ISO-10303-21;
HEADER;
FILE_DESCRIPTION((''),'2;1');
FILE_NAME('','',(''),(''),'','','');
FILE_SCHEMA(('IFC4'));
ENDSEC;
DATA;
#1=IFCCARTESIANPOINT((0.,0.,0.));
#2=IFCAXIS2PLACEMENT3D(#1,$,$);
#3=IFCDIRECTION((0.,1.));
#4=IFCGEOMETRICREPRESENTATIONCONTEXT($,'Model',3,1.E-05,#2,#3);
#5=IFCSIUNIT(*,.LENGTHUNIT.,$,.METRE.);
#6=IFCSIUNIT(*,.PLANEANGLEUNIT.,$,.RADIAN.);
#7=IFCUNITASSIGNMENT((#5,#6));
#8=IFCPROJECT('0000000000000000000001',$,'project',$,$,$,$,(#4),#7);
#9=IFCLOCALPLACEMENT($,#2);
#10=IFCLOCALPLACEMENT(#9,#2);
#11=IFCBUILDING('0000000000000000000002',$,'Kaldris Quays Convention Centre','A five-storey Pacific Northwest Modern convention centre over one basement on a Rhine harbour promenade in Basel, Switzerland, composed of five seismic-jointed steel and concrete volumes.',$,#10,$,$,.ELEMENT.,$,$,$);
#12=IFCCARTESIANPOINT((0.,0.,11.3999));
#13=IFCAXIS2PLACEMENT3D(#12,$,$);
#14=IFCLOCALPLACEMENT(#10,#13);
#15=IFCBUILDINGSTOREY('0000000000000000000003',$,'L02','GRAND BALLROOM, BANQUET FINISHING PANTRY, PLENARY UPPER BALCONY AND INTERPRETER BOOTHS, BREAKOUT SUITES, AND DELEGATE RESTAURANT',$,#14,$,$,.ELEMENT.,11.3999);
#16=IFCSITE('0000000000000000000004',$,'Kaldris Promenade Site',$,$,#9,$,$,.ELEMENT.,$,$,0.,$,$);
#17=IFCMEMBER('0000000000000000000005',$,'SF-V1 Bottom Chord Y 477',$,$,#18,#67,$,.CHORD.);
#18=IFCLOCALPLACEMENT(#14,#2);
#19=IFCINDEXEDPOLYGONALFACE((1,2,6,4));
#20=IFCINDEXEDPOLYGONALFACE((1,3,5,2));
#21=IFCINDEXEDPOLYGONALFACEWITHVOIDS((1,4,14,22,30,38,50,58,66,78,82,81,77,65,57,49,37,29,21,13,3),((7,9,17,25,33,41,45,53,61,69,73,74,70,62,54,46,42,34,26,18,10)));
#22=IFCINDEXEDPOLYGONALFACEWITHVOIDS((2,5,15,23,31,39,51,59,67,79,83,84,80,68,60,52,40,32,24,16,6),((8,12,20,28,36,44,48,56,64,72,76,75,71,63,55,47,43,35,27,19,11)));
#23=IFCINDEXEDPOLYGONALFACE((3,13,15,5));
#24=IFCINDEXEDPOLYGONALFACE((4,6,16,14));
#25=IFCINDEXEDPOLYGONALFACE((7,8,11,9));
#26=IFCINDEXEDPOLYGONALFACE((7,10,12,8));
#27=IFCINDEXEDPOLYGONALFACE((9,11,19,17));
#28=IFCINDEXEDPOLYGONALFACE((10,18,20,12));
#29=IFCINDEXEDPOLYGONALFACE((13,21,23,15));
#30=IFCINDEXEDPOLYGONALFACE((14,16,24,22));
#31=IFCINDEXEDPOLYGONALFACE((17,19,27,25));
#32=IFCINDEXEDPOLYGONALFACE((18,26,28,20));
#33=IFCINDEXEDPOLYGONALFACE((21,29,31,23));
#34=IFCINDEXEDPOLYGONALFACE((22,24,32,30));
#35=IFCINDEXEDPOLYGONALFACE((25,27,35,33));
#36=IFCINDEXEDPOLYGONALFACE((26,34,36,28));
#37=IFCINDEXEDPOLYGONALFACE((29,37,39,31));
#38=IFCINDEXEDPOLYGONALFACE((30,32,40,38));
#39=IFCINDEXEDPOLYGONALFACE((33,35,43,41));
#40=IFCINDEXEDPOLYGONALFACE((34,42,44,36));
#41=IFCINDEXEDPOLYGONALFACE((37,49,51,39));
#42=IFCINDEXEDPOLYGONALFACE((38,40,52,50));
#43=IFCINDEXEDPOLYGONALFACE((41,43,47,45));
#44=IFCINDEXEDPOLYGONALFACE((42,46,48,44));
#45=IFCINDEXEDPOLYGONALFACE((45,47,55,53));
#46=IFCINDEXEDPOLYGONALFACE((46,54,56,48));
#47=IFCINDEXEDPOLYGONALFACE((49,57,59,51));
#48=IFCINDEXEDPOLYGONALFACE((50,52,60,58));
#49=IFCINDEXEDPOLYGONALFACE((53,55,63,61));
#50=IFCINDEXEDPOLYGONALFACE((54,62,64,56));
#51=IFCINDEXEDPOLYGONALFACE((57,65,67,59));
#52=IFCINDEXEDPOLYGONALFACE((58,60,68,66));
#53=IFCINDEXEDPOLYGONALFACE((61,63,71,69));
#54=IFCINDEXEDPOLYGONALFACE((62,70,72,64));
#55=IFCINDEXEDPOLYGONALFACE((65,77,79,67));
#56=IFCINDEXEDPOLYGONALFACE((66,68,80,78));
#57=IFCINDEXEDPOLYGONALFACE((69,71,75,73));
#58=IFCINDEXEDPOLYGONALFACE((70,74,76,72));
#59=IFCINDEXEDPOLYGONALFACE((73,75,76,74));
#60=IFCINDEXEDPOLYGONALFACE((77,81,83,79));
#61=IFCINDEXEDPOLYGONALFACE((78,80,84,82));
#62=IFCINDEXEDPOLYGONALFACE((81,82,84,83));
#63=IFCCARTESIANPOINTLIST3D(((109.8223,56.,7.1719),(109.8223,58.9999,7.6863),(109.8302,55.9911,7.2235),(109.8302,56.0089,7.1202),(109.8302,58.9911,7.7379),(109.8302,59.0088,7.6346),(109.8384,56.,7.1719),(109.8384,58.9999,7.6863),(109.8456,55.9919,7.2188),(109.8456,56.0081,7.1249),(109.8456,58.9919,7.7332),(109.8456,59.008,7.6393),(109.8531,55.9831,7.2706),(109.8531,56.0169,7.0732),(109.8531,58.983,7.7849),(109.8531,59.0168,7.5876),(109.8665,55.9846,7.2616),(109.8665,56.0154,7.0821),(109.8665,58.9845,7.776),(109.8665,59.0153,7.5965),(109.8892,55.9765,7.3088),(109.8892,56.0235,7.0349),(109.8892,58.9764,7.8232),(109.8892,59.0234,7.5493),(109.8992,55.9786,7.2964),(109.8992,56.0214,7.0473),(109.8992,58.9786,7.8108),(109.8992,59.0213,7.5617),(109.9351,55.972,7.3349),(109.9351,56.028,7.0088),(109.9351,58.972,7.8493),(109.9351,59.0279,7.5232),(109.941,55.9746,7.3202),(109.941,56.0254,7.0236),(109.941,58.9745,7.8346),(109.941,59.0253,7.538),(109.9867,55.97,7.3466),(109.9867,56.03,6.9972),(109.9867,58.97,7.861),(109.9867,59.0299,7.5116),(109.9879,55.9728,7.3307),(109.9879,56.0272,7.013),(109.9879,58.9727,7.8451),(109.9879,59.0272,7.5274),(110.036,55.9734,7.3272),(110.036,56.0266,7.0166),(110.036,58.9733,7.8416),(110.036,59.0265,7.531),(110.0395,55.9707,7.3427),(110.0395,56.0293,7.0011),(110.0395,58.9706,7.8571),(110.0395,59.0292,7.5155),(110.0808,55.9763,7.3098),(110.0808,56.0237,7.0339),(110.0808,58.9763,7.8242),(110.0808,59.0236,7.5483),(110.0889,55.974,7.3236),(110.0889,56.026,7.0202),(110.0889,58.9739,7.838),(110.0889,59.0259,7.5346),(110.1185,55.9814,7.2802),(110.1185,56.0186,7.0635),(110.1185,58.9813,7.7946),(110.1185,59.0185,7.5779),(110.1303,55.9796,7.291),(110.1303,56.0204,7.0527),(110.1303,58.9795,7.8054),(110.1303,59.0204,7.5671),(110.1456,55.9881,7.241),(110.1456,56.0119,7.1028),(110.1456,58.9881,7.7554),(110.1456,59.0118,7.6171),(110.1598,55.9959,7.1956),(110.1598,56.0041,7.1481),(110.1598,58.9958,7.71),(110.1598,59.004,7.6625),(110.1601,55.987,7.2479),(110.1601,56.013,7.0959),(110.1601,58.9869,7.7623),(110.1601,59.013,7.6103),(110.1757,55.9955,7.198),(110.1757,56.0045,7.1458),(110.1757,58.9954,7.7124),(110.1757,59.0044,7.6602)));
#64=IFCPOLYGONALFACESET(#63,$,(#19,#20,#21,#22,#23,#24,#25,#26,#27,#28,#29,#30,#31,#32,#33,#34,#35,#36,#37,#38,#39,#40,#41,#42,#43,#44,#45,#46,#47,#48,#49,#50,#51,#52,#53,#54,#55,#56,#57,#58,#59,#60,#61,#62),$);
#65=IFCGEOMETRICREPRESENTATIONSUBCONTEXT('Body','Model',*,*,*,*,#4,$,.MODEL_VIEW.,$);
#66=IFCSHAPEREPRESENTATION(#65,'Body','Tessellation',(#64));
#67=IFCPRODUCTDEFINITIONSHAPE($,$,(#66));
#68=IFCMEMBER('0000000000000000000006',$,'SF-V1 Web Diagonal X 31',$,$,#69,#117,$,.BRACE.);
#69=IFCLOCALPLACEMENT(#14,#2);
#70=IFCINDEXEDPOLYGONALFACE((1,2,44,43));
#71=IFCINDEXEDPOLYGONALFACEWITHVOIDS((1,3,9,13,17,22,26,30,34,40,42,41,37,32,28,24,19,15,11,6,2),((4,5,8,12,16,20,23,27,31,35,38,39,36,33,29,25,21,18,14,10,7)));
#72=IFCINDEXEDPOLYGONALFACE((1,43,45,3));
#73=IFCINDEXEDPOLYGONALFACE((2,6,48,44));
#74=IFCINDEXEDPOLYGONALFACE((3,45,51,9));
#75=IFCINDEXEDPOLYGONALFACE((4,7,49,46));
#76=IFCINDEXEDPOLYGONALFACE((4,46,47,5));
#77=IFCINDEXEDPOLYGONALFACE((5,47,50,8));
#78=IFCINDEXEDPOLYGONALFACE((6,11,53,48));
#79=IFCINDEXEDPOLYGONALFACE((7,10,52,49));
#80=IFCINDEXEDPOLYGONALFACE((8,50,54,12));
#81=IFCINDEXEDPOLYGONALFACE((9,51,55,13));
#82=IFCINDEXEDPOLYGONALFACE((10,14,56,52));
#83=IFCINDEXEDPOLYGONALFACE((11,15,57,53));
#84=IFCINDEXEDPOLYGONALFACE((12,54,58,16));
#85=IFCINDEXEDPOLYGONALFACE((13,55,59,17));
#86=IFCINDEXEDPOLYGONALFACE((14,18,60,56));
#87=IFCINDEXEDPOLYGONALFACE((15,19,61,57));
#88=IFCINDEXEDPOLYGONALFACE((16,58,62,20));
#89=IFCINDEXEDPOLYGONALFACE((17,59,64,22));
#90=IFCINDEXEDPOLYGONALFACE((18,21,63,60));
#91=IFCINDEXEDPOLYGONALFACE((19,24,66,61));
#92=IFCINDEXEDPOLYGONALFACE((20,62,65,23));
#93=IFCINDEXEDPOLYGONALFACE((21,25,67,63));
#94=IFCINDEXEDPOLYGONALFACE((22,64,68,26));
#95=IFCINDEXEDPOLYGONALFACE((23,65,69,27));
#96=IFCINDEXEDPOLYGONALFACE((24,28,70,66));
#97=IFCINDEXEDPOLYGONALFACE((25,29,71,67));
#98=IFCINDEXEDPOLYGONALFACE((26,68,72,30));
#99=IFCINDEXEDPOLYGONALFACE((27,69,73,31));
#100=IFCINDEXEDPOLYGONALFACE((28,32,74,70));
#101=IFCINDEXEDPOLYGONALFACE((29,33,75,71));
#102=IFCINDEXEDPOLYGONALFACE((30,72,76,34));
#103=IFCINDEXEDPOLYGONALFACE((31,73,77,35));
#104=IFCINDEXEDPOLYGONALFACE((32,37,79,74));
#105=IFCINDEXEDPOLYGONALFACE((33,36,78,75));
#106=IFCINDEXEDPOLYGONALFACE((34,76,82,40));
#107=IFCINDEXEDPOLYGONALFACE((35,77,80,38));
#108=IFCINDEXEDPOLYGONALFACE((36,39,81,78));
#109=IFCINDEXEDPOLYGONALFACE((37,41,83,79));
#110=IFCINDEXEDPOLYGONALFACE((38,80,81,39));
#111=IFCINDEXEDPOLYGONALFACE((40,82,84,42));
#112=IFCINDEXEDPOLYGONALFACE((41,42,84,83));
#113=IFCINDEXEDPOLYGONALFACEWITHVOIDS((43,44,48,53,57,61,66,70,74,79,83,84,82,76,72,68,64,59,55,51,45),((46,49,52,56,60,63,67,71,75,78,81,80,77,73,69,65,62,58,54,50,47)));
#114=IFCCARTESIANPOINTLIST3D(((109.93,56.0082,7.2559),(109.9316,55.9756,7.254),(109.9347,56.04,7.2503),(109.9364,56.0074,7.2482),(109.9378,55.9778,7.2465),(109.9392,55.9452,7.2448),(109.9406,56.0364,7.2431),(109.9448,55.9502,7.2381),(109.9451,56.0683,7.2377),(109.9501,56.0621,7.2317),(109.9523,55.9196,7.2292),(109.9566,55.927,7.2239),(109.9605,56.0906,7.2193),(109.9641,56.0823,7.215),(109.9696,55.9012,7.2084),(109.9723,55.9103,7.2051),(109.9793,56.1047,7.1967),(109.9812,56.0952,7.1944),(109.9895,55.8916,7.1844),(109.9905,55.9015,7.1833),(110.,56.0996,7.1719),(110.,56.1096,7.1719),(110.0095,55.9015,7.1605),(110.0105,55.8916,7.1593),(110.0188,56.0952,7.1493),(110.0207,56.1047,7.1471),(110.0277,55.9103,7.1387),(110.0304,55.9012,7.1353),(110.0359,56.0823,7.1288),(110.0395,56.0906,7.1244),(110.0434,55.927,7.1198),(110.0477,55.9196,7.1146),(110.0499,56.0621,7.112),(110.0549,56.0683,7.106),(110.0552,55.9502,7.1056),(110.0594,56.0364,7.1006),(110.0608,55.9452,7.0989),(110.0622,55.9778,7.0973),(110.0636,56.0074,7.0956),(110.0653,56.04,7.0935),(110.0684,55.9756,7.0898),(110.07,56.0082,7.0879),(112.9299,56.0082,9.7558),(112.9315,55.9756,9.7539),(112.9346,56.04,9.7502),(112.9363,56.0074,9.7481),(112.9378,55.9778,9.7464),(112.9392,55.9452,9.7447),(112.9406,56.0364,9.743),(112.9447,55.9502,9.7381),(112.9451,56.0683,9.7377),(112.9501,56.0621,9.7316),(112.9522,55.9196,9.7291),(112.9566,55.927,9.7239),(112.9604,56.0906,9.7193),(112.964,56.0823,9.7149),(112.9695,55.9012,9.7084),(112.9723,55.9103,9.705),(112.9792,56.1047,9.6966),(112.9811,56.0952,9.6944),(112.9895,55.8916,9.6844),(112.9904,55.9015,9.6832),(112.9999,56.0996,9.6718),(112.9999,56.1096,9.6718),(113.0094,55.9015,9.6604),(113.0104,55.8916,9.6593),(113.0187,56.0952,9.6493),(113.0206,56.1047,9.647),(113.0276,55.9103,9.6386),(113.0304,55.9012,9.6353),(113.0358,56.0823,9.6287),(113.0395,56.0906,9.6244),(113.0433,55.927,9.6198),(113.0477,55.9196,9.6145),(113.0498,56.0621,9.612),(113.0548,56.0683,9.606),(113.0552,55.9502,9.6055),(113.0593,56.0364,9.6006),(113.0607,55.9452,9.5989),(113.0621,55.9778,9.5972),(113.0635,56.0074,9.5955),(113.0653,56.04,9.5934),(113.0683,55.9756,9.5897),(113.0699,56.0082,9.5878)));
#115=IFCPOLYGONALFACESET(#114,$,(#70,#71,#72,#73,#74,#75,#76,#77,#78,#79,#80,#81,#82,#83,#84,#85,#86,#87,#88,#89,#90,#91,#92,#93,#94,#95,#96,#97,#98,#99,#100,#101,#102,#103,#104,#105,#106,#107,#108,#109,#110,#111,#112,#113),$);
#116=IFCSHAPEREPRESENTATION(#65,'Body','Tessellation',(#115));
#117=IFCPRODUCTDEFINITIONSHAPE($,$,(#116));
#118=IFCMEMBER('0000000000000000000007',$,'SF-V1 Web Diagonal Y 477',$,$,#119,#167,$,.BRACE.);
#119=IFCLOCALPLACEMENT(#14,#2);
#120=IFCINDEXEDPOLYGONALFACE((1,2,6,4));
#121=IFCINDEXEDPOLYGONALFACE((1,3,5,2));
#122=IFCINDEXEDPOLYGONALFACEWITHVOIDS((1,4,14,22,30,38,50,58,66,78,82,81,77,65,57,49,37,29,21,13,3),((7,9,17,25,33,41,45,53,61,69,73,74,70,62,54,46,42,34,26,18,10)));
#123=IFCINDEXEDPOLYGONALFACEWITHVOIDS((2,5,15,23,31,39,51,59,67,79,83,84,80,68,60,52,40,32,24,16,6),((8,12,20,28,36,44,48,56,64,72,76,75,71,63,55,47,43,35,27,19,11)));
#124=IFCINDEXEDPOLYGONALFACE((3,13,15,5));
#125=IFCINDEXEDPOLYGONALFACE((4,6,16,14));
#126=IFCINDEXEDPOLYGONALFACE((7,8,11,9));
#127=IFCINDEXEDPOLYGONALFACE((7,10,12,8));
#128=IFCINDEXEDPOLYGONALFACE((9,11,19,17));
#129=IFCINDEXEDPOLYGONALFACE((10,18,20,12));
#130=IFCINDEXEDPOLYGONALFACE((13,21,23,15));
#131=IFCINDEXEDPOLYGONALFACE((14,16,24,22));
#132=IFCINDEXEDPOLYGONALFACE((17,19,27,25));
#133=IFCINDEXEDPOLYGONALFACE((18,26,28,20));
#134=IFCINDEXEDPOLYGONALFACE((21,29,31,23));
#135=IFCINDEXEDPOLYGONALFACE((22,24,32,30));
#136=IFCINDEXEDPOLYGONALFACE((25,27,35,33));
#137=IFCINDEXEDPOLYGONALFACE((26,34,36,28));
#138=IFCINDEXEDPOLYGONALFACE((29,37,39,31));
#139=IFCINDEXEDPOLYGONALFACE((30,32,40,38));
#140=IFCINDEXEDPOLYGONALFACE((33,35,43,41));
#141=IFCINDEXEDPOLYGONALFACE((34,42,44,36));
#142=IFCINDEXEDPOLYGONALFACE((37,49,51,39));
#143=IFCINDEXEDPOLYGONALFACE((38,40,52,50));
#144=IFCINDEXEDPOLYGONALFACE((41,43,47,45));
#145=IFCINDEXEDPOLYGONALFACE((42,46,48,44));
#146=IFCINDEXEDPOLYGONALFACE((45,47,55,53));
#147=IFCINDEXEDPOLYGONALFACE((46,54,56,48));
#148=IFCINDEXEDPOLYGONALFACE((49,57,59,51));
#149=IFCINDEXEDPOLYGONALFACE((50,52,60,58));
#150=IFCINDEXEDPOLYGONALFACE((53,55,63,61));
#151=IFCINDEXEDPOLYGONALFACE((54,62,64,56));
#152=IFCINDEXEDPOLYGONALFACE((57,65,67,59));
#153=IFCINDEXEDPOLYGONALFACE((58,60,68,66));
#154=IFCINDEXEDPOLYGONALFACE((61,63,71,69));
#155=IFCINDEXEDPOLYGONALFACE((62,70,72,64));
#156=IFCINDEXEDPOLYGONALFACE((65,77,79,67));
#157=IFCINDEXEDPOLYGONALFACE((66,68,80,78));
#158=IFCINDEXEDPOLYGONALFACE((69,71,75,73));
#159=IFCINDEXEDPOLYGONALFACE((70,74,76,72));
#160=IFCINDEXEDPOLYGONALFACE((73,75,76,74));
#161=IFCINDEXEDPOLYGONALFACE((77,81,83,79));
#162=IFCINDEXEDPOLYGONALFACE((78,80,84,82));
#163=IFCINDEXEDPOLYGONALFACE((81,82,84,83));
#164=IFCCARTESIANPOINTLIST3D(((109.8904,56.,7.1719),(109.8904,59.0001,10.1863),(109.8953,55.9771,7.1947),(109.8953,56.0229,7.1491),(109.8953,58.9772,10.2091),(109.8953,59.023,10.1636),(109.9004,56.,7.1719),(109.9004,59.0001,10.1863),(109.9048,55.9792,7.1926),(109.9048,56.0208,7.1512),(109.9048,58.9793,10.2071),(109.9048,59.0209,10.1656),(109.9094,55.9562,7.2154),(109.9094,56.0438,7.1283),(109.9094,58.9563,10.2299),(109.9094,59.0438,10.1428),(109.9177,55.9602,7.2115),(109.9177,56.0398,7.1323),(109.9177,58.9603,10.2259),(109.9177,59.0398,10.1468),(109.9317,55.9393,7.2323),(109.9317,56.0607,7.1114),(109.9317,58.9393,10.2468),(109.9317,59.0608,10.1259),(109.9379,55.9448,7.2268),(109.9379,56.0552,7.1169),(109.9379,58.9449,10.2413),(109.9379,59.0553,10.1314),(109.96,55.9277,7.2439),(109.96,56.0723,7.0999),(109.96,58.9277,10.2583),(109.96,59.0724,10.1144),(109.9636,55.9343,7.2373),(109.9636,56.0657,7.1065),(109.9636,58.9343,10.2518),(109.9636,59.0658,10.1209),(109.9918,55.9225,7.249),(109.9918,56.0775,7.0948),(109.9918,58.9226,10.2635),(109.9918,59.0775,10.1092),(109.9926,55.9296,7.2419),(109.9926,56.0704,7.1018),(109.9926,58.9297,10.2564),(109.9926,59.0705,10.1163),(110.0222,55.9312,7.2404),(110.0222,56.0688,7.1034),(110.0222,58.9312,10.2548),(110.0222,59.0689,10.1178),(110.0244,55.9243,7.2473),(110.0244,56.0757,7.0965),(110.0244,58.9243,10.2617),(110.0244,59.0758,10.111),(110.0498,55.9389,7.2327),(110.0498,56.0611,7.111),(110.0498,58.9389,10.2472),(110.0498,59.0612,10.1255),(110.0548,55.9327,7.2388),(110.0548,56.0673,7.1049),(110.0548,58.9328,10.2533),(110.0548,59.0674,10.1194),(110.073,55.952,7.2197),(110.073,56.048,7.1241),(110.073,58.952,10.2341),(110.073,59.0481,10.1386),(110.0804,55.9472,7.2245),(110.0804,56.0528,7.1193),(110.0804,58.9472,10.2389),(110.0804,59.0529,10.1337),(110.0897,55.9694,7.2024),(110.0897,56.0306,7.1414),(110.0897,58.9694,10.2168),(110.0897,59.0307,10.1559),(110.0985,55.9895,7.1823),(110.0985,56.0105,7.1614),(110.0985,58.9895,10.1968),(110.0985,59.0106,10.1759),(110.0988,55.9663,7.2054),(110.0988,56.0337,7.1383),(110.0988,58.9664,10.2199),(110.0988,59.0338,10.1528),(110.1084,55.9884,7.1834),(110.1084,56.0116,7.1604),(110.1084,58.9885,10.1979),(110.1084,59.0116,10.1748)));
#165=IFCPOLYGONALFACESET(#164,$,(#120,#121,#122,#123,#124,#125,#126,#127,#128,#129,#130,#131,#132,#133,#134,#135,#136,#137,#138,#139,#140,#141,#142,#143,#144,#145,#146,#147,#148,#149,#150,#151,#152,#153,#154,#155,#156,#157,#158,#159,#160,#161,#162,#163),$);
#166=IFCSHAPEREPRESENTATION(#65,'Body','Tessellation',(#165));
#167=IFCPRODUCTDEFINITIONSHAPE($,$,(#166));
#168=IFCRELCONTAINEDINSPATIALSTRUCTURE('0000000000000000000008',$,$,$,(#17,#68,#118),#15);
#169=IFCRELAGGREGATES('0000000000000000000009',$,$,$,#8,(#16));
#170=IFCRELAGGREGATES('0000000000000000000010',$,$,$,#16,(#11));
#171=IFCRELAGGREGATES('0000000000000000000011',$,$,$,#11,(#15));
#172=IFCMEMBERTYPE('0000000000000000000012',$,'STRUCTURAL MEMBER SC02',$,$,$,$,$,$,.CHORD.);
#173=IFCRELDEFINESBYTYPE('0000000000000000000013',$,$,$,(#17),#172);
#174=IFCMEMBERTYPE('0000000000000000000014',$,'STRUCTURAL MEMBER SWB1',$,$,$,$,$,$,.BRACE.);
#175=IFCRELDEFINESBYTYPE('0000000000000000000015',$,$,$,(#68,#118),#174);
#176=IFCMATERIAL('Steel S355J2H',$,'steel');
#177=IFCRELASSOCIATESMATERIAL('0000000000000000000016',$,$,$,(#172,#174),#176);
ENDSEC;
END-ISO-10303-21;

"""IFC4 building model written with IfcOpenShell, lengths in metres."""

from ifc_helpers import new_model, si_unit, direction, frame, origin, origin_2d, place, context, subcontext, project, spatial, hollow_circle, extrude, material, material_profile, profile_set, type_object, element, save


model = new_model("IFC4")

# Units and contexts
model_context = context("Model", 3, precision=1e-05, world=origin(), true_north=direction((0.0, 1.0)))
body_context = subcontext(model_context, "Body", "Model", "MODEL_VIEW")
ifc_project = project(units=[si_unit("LENGTHUNIT", "METRE"), si_unit("PLANEANGLEUNIT", "RADIAN")], contexts=[model_context])

# Site, building, storey
site_placement = place(None, origin())
site = spatial("IfcSite", under=ifc_project, at=site_placement, Name="Kaldris Promenade Site", CompositionType="ELEMENT", RefElevation=0.0)
building_placement = place(site_placement, origin())
building = spatial("IfcBuilding", under=site, at=building_placement, Name="Kaldris Quays Convention Centre", Description="A five-storey Pacific Northwest Modern convention centre over one basement on a Rhine harbour promenade in Basel, Switzerland, composed of five seismic-jointed steel and concrete volumes.", CompositionType="ELEMENT")
storey_placement = place(building_placement, frame((0.0, 0.0, 11.3999)))
storey = spatial("IfcBuildingStorey", under=building, at=storey_placement, Name="L02", Description="GRAND BALLROOM, BANQUET FINISHING PANTRY, PLENARY UPPER BALCONY AND INTERPRETER BOOTHS, BREAKOUT SUITES, AND DELEGATE RESTAURANT", CompositionType="ELEMENT", Elevation=11.3999)

# Members
ifc_material_1 = material(Name="Steel S355J2H", Category="steel")
ifc_material_profile_1 = material_profile(ifc_material_1, hollow_circle(Radius=0.1777, WallThickness=0.0161, at=origin_2d()), Name="CHS 355.6x16")
ifc_profile_set_1 = profile_set([ifc_material_profile_1], Name="Steel S355J2H")
member_type_1 = type_object("IfcMemberType", Name="STRUCTURAL MEMBER SC02", PredefinedType="CHORD", material=ifc_profile_set_1)
member_1_placement = place(storey_placement, frame((110.0, 56.0, 7.1719), z_axis=(0.0, 0.985616, 0.169002), x_axis=(-1.0, 0.0, 0.0)))
element("IfcMember", 1, at=member_1_placement, inside=storey, type_object=member_type_1, Name="SF-V1 Bottom Chord Y 477", PredefinedType="CHORD", context=body_context, shape_type="SweptSolid", body=[
    extrude(hollow_circle(Radius=0.1777, WallThickness=0.0161, at=origin_2d()), origin(), (0.0, 0.0, 1.0), 3.0437),
])
ifc_material_profile_2 = material_profile(ifc_material_1, hollow_circle(Radius=0.1096, WallThickness=0.01, at=origin_2d()), Name="CHS 219.1x10")
ifc_profile_set_2 = profile_set([ifc_material_profile_2], Name="Steel S355J2H")
member_type_2 = type_object("IfcMemberType", Name="STRUCTURAL MEMBER SWB1", PredefinedType="BRACE", material=ifc_profile_set_2)
member_2_placement = place(storey_placement, frame((110.0, 56.0, 7.1719), z_axis=(0.768221, 0.0, 0.640184), x_axis=(0.0, 1.0, 0.0)))
element("IfcMember", 2, at=member_2_placement, inside=storey, type_object=member_type_2, Name="SF-V1 Web Diagonal X 31", PredefinedType="BRACE", context=body_context, shape_type="SweptSolid", body=[
    extrude(hollow_circle(Radius=0.1096, WallThickness=0.01, at=origin_2d()), origin(), (0.0, 0.0, 1.0), 3.905),
])
member_3_placement = place(storey_placement, frame((110.0, 56.0, 7.1719), z_axis=(0.0, 0.705411, 0.708798), x_axis=(-1.0, 0.0, 0.0)))
element("IfcMember", 3, at=member_3_placement, inside=storey, type_object=member_type_2, Name="SF-V1 Web Diagonal Y 477", PredefinedType="BRACE", context=body_context, shape_type="SweptSolid", body=[
    extrude(hollow_circle(Radius=0.1096, WallThickness=0.01, at=origin_2d()), origin(), (0.0, 0.0, 1.0), 4.2529),
])

save(model, "model.ifc")
